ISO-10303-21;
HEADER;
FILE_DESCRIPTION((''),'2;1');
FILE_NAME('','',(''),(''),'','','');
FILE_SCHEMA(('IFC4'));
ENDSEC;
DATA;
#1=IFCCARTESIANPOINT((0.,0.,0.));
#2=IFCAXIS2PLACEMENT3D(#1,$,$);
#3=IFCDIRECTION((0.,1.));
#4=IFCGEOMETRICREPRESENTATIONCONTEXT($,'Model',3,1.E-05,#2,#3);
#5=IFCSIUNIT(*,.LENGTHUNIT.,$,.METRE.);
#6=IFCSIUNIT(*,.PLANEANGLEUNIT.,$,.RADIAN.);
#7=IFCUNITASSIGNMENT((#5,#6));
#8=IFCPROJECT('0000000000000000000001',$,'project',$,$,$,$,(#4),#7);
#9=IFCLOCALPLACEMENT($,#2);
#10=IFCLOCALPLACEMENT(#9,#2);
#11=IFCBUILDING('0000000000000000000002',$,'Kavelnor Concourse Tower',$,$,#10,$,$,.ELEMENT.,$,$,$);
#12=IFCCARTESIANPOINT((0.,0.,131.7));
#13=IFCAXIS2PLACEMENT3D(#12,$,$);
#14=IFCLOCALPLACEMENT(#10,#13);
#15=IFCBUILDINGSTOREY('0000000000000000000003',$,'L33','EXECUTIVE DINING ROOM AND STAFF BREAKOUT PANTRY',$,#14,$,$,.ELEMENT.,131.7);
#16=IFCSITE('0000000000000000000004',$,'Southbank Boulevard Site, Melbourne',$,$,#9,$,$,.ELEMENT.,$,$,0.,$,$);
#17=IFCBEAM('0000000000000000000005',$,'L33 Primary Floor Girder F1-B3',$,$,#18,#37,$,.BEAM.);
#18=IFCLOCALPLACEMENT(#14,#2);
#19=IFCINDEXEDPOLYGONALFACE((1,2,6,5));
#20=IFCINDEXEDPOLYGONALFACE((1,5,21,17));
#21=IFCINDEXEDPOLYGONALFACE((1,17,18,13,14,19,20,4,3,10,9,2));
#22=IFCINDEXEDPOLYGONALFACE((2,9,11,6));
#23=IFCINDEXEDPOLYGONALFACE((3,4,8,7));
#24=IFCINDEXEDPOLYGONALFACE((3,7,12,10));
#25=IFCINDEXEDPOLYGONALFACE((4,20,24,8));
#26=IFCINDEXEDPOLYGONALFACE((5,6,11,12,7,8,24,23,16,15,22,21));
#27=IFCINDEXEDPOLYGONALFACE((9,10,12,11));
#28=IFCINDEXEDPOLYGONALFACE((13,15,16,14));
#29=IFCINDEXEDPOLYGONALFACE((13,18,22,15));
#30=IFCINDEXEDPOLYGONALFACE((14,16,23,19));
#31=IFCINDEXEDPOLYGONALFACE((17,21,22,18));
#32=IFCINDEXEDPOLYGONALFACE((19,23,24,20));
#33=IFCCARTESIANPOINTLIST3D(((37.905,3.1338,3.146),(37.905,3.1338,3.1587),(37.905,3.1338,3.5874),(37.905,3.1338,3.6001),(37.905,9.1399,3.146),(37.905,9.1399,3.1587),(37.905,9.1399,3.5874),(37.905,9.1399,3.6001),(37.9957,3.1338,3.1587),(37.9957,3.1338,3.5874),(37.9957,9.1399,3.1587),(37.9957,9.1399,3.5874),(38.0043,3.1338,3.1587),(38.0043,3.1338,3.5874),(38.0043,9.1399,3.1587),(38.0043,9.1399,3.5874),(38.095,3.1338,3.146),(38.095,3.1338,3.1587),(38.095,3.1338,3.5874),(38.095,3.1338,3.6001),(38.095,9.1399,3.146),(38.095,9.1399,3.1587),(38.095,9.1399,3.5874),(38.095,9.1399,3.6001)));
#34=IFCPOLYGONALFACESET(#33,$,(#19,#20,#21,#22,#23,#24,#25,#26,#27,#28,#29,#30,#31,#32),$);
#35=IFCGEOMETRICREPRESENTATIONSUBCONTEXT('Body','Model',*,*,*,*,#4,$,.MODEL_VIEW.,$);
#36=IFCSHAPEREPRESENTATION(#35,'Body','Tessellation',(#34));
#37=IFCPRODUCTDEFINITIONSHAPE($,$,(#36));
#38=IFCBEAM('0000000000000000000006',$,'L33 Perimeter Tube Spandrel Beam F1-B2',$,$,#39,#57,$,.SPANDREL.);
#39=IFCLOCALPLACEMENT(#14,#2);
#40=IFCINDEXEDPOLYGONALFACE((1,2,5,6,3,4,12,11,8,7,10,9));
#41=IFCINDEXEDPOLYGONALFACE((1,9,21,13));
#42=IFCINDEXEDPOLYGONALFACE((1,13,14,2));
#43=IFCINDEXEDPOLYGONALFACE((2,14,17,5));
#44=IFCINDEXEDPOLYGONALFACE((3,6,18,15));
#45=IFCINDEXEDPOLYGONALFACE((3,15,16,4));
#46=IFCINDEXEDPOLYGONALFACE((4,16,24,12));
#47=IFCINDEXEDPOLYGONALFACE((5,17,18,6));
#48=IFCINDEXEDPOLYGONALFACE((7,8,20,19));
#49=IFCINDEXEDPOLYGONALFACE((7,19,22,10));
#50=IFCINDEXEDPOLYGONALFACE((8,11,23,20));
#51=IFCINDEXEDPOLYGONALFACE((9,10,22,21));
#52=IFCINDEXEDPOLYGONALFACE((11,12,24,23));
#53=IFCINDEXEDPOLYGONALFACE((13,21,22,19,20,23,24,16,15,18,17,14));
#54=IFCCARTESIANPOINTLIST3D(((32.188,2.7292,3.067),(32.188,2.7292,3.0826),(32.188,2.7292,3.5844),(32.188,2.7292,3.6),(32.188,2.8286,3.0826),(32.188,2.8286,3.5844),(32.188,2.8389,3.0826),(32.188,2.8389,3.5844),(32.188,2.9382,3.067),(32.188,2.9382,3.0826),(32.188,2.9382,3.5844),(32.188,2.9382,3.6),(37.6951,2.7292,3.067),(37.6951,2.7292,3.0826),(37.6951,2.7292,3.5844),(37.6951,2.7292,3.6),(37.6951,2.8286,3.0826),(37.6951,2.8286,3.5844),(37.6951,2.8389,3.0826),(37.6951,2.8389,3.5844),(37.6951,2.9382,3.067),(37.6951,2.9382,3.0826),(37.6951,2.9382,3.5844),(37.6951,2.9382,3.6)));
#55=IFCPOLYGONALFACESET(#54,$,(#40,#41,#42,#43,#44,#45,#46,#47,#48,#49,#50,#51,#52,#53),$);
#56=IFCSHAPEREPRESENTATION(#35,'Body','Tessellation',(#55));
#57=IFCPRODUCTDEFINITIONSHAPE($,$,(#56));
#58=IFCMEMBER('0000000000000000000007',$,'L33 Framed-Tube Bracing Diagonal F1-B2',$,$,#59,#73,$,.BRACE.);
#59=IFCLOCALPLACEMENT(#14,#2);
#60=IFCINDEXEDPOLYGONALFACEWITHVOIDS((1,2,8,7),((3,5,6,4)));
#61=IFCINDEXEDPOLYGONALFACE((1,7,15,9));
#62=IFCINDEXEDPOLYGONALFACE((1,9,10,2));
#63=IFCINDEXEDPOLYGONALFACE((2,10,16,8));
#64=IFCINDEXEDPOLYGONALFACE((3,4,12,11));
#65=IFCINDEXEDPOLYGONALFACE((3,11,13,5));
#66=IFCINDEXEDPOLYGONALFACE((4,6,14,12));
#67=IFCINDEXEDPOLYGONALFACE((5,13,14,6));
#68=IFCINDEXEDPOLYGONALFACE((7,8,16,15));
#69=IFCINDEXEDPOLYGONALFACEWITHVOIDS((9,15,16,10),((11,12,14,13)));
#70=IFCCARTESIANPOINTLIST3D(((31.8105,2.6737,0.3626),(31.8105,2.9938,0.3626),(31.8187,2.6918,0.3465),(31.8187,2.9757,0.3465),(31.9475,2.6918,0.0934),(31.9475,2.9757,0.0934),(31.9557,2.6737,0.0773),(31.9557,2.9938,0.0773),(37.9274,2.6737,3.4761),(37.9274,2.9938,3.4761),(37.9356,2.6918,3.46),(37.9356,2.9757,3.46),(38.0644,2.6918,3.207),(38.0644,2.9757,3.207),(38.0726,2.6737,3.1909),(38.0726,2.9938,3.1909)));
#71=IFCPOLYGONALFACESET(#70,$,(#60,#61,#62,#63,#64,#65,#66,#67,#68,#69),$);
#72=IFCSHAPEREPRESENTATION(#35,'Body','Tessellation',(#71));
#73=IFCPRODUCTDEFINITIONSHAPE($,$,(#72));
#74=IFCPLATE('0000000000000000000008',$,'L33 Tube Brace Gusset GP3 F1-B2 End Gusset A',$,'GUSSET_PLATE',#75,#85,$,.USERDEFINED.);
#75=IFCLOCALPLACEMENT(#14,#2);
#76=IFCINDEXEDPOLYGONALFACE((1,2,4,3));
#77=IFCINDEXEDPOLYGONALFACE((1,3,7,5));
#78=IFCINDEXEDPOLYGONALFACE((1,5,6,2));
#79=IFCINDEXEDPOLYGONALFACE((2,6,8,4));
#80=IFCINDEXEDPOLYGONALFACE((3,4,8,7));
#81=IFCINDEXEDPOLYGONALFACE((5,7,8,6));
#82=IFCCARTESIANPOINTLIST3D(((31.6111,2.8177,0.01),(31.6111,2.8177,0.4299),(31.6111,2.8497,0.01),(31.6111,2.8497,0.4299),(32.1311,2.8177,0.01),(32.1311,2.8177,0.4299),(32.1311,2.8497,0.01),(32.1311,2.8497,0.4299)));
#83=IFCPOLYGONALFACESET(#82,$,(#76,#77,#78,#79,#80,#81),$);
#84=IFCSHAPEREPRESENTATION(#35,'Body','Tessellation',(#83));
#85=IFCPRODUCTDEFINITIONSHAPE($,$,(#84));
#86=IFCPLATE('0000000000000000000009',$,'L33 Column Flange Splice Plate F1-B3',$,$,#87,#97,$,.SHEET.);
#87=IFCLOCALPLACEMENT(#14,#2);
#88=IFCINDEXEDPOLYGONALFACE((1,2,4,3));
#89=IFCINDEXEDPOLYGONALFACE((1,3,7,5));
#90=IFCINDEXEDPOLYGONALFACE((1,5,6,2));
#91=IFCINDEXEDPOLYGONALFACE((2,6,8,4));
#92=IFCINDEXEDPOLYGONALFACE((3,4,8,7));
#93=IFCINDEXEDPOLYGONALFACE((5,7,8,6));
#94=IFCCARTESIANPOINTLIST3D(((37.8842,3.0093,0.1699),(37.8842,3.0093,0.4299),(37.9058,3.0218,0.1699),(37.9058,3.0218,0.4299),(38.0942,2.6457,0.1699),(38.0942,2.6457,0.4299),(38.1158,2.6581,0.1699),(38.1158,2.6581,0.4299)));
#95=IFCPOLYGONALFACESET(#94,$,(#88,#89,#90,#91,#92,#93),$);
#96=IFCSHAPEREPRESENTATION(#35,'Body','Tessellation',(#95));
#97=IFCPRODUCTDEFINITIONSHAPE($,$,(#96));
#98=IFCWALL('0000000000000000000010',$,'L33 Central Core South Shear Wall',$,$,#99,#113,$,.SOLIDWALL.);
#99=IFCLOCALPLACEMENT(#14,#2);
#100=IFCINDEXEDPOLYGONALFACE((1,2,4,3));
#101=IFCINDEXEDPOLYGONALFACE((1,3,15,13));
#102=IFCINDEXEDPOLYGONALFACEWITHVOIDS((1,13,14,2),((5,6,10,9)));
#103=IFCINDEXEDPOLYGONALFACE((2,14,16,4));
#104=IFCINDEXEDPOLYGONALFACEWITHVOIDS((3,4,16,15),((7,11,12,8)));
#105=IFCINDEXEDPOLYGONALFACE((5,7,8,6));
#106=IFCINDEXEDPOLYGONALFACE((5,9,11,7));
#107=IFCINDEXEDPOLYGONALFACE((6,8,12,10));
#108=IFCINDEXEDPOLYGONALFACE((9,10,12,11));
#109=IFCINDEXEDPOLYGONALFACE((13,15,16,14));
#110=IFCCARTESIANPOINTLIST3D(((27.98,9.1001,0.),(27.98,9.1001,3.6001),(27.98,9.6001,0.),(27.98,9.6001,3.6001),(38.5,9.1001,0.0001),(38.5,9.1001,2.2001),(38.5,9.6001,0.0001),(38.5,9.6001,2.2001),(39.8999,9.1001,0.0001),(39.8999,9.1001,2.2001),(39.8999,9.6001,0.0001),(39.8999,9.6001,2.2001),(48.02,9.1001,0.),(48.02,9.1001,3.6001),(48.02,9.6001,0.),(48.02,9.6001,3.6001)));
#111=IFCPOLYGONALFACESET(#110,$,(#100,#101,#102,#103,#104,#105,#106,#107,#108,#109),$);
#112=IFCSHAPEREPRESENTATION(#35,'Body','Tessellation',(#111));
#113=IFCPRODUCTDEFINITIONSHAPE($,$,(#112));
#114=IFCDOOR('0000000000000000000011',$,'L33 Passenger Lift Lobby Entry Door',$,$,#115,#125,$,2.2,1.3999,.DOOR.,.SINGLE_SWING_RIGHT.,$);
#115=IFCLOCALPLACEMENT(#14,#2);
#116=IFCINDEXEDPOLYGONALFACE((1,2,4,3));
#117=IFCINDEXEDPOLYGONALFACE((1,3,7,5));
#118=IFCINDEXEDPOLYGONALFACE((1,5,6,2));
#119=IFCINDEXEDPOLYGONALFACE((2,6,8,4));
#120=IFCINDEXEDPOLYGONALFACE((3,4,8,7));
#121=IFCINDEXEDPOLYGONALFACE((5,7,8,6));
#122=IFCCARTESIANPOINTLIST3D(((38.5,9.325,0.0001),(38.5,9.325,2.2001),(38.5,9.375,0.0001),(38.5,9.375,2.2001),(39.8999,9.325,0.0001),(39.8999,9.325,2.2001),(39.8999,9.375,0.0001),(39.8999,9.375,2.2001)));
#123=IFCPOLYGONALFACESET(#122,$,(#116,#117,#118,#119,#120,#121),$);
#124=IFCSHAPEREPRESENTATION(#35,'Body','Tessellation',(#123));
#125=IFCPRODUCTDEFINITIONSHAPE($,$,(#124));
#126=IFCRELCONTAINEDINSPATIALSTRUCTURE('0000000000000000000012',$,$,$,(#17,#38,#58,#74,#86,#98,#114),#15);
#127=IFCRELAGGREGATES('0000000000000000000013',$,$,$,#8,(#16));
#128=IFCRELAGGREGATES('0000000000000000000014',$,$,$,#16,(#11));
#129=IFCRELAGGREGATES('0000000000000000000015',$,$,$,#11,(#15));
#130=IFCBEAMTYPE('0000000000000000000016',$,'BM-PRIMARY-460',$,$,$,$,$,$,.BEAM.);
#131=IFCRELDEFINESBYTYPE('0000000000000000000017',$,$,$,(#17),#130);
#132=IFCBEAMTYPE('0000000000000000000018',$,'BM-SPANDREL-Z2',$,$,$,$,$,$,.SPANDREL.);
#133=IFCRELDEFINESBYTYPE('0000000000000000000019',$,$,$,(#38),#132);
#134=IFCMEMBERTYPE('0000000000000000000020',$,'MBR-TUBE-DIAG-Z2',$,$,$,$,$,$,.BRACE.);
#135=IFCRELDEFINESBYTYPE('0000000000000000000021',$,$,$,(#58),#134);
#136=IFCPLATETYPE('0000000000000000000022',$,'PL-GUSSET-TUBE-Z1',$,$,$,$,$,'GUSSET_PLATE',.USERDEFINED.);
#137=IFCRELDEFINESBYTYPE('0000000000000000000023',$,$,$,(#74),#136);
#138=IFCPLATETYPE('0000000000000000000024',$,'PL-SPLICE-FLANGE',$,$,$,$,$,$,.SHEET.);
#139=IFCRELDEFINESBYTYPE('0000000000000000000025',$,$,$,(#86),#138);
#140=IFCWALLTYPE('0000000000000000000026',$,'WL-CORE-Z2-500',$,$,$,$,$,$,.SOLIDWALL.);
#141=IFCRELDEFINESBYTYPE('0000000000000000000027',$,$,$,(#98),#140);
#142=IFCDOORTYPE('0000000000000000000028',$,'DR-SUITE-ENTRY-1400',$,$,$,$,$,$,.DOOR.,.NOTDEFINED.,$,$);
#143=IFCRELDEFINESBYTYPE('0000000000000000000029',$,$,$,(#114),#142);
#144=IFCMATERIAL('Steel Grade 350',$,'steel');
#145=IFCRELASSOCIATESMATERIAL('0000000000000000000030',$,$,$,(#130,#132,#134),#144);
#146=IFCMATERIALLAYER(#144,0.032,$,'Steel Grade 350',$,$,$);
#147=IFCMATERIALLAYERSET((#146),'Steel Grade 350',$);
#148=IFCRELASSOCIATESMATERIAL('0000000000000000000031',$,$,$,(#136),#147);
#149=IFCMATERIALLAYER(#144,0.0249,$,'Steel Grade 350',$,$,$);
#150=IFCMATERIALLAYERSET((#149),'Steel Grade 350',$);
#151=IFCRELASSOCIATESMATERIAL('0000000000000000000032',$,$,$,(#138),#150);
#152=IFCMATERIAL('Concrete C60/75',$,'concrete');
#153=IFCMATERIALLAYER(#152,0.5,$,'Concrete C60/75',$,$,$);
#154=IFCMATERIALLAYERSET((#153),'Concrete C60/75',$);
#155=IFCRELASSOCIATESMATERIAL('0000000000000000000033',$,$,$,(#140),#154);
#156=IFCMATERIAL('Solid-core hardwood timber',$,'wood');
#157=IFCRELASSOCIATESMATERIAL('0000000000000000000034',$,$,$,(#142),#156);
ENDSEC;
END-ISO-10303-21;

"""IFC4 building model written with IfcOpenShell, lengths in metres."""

from ifc_helpers import new_model, si_unit, direction, frame, frame_2d, origin, origin_2d, place, context, subcontext, project, spatial, rectangle, hollow_rectangle, i_section, extrude, material, layer, layer_set, material_profile, profile_set, type_object, element, fill, save


model = new_model("IFC4")

# Units and contexts
model_context = context("Model", 3, precision=1e-05, world=origin(), true_north=direction((0.0, 1.0)))
body_context = subcontext(model_context, "Body", "Model", "MODEL_VIEW")
ifc_project = project(units=[si_unit("LENGTHUNIT", "METRE"), si_unit("PLANEANGLEUNIT", "RADIAN")], contexts=[model_context])

# Site, building, storey
site_placement = place(None, origin())
site = spatial("IfcSite", under=ifc_project, at=site_placement, Name="Southbank Boulevard Site, Melbourne", CompositionType="ELEMENT", RefElevation=0.0)
building_placement = place(site_placement, origin())
building = spatial("IfcBuilding", under=site, at=building_placement, Name="Kavelnor Concourse Tower", CompositionType="ELEMENT")
storey_placement = place(building_placement, frame((0.0, 0.0, 131.7)))
storey = spatial("IfcBuildingStorey", under=building, at=storey_placement, Name="L33", Description="EXECUTIVE DINING ROOM AND STAFF BREAKOUT PANTRY", CompositionType="ELEMENT", Elevation=131.7)

# Shared definitions
ifc_material_1 = material(Name="Steel Grade 350", Category="steel")

# Beams
ifc_material_profile_1 = material_profile(ifc_material_1, i_section(OverallWidth=0.1899, OverallDepth=0.4541, WebThickness=0.0085, FlangeThickness=0.0127, at=origin_2d()), Name="460UB67")
ifc_profile_set_1 = profile_set([ifc_material_profile_1], Name="Steel Grade 350")
beam_type_1 = type_object("IfcBeamType", Name="BM-PRIMARY-460", PredefinedType="BEAM", material=ifc_profile_set_1)
for number, where, z_axis, x_axis, name in (
    (1, (38.0, 9.1399, 3.373), (0.0, -1.0, 0.0), (1.0, 0.0, 0.0), "L33 Primary Floor Girder F1-B3"),
):
    element("IfcBeam", number, at=place(storey_placement, frame(where, z_axis=z_axis, x_axis=x_axis)), inside=storey, type_object=beam_type_1, Name=name, PredefinedType="BEAM", context=body_context, shape_type="SweptSolid", body=[
        extrude(i_section(OverallWidth=0.1899, OverallDepth=0.4541, WebThickness=0.0085, FlangeThickness=0.0127, at=origin_2d()), origin(), (0.0, 0.0, 1.0), 6.0061),
    ])
ifc_material_profile_2 = material_profile(ifc_material_1, i_section(OverallWidth=0.209, OverallDepth=0.533, WebThickness=0.0103, FlangeThickness=0.0156, at=origin_2d()), Name="530UB92")
ifc_profile_set_2 = profile_set([ifc_material_profile_2], Name="Steel Grade 350")
beam_type_2 = type_object("IfcBeamType", Name="BM-SPANDREL-Z2", PredefinedType="SPANDREL", material=ifc_profile_set_2)
beam_1_placement = place(storey_placement, frame((32.188, 2.8337, 3.3335), z_axis=(1.0, 0.0, 0.0), x_axis=(0.0, 1.0, 0.0)))
element("IfcBeam", 2, at=beam_1_placement, inside=storey, type_object=beam_type_2, Name="L33 Perimeter Tube Spandrel Beam F1-B2", PredefinedType="SPANDREL", context=body_context, shape_type="SweptSolid", body=[
    extrude(i_section(OverallWidth=0.209, OverallDepth=0.533, WebThickness=0.0103, FlangeThickness=0.0156, at=origin_2d()), origin(), (0.0, 0.0, 1.0), 5.5071),
])

# Member
ifc_material_profile_3 = material_profile(ifc_material_1, hollow_rectangle(XDim=0.3201, YDim=0.3201, WallThickness=0.0181, at=origin_2d()), Name="SHS 320x320x18")
ifc_profile_set_3 = profile_set([ifc_material_profile_3], Name="Steel Grade 350")
member_type = type_object("IfcMemberType", Name="MBR-TUBE-DIAG-Z2", PredefinedType="BRACE", material=ifc_profile_set_3)
member_placement = place(storey_placement, frame((31.8831, 2.8337, 0.22), z_axis=(0.891196, 0.0, 0.453619), x_axis=(0.0, 1.0, 0.0)))
element("IfcMember", 3, at=member_placement, inside=storey, type_object=member_type, Name="L33 Framed-Tube Bracing Diagonal F1-B2", PredefinedType="BRACE", context=body_context, shape_type="SweptSolid", body=[
    extrude(hollow_rectangle(XDim=0.3201, YDim=0.3201, WallThickness=0.0181, at=origin_2d()), origin(), (0.0, 0.0, 1.0), 6.8638),
])

# Plates
ifc_layer_1 = layer(ifc_material_1, 0.032, Name="Steel Grade 350")
ifc_layer_set_1 = layer_set([ifc_layer_1], Name="Steel Grade 350")
plate_type_1 = type_object("IfcPlateType", Name="PL-GUSSET-TUBE-Z1", ElementType="GUSSET_PLATE", PredefinedType="USERDEFINED", material=ifc_layer_set_1)
plate_1_placement = place(storey_placement, frame((31.8711, 2.8337, 0.01), z_axis=(0.0, 0.0, 1.0), x_axis=(1.0, 0.0, 0.0)))
element("IfcPlate", 4, at=plate_1_placement, inside=storey, type_object=plate_type_1, Name="L33 Tube Brace Gusset GP3 F1-B2 End Gusset A", ObjectType="GUSSET_PLATE", PredefinedType="USERDEFINED", context=body_context, shape_type="SweptSolid", body=[
    extrude(rectangle(XDim=0.52, YDim=0.032, at=origin_2d()), origin(), (0.0, 0.0, 1.0), 0.4199),
])
ifc_layer_2 = layer(ifc_material_1, 0.0249, Name="Steel Grade 350")
ifc_layer_set_2 = layer_set([ifc_layer_2], Name="Steel Grade 350")
plate_type_2 = type_object("IfcPlateType", Name="PL-SPLICE-FLANGE", PredefinedType="SHEET", material=ifc_layer_set_2)
plate_2_placement = place(storey_placement, frame((38.0, 2.8337, 0.1699), z_axis=(0.0, 0.0, 1.0), x_axis=(-0.5, 0.866025, 0.0)))
element("IfcPlate", 5, at=plate_2_placement, inside=storey, type_object=plate_type_2, Name="L33 Column Flange Splice Plate F1-B3", PredefinedType="SHEET", context=body_context, shape_type="SweptSolid", body=[
    extrude(rectangle(XDim=0.4199, YDim=0.0249, at=origin_2d()), origin(), (0.0, 0.0, 1.0), 0.26),
])

# Wall, opening, door
ifc_material_2 = material(Name="Concrete C60/75", Category="concrete")
ifc_layer_3 = layer(ifc_material_2, 0.5, Name="Concrete C60/75")
ifc_layer_set_3 = layer_set([ifc_layer_3], Name="Concrete C60/75")
wall_type = type_object("IfcWallType", Name="WL-CORE-Z2-500", PredefinedType="SOLIDWALL", material=ifc_layer_set_3)
wall_placement = place(storey_placement, frame((27.98, 9.3501, 0.0), z_axis=(0.0, 0.0, 1.0), x_axis=(1.0, 0.0, 0.0)))
wall = element("IfcWall", 6, at=wall_placement, inside=storey, type_object=wall_type, Name="L33 Central Core South Shear Wall", PredefinedType="SOLIDWALL", context=body_context, shape_type="SweptSolid", body=[
    extrude(rectangle(XDim=20.04, YDim=0.5, at=frame_2d((10.02, 0.0))), origin(), (0.0, 0.0, 1.0), 3.6001),
])
opening_placement = place(wall_placement, frame((10.52, 0.0, 0.0)))
opening = element("IfcOpeningElement", 7, at=opening_placement, cuts=wall, PredefinedType="OPENING", context=body_context, shape_type="SweptSolid", body=[
    extrude(rectangle(XDim=1.3999, YDim=2.2, at=frame_2d((0.7, 1.1001))), frame((0.0, 0.26, 0.0), z_axis=(0.0, -1.0, 0.0), x_axis=(1.0, 0.0, 0.0)), (0.0, 0.0, 1.0), 0.52),
])
ifc_material_3 = material(Name="Solid-core hardwood timber", Category="wood")
door_type = type_object("IfcDoorType", Name="DR-SUITE-ENTRY-1400", OperationType="NOTDEFINED", PredefinedType="DOOR", material=ifc_material_3)
door_placement = place(opening_placement, origin())
door = element("IfcDoor", 8, at=door_placement, inside=storey, type_object=door_type, Name="L33 Passenger Lift Lobby Entry Door", OperationType="SINGLE_SWING_RIGHT", OverallHeight=2.2, OverallWidth=1.3999, PredefinedType="DOOR", context=body_context, shape_type="SweptSolid", body=[
    extrude(rectangle(XDim=1.3999, YDim=2.2, at=frame_2d((0.7, 1.1001))), frame((0.0, 0.0249, 0.0), z_axis=(0.0, -1.0, 0.0), x_axis=(1.0, 0.0, 0.0)), (0.0, 0.0, 1.0), 0.05),
])
fill(opening, door)

save(model, "model.ifc")
